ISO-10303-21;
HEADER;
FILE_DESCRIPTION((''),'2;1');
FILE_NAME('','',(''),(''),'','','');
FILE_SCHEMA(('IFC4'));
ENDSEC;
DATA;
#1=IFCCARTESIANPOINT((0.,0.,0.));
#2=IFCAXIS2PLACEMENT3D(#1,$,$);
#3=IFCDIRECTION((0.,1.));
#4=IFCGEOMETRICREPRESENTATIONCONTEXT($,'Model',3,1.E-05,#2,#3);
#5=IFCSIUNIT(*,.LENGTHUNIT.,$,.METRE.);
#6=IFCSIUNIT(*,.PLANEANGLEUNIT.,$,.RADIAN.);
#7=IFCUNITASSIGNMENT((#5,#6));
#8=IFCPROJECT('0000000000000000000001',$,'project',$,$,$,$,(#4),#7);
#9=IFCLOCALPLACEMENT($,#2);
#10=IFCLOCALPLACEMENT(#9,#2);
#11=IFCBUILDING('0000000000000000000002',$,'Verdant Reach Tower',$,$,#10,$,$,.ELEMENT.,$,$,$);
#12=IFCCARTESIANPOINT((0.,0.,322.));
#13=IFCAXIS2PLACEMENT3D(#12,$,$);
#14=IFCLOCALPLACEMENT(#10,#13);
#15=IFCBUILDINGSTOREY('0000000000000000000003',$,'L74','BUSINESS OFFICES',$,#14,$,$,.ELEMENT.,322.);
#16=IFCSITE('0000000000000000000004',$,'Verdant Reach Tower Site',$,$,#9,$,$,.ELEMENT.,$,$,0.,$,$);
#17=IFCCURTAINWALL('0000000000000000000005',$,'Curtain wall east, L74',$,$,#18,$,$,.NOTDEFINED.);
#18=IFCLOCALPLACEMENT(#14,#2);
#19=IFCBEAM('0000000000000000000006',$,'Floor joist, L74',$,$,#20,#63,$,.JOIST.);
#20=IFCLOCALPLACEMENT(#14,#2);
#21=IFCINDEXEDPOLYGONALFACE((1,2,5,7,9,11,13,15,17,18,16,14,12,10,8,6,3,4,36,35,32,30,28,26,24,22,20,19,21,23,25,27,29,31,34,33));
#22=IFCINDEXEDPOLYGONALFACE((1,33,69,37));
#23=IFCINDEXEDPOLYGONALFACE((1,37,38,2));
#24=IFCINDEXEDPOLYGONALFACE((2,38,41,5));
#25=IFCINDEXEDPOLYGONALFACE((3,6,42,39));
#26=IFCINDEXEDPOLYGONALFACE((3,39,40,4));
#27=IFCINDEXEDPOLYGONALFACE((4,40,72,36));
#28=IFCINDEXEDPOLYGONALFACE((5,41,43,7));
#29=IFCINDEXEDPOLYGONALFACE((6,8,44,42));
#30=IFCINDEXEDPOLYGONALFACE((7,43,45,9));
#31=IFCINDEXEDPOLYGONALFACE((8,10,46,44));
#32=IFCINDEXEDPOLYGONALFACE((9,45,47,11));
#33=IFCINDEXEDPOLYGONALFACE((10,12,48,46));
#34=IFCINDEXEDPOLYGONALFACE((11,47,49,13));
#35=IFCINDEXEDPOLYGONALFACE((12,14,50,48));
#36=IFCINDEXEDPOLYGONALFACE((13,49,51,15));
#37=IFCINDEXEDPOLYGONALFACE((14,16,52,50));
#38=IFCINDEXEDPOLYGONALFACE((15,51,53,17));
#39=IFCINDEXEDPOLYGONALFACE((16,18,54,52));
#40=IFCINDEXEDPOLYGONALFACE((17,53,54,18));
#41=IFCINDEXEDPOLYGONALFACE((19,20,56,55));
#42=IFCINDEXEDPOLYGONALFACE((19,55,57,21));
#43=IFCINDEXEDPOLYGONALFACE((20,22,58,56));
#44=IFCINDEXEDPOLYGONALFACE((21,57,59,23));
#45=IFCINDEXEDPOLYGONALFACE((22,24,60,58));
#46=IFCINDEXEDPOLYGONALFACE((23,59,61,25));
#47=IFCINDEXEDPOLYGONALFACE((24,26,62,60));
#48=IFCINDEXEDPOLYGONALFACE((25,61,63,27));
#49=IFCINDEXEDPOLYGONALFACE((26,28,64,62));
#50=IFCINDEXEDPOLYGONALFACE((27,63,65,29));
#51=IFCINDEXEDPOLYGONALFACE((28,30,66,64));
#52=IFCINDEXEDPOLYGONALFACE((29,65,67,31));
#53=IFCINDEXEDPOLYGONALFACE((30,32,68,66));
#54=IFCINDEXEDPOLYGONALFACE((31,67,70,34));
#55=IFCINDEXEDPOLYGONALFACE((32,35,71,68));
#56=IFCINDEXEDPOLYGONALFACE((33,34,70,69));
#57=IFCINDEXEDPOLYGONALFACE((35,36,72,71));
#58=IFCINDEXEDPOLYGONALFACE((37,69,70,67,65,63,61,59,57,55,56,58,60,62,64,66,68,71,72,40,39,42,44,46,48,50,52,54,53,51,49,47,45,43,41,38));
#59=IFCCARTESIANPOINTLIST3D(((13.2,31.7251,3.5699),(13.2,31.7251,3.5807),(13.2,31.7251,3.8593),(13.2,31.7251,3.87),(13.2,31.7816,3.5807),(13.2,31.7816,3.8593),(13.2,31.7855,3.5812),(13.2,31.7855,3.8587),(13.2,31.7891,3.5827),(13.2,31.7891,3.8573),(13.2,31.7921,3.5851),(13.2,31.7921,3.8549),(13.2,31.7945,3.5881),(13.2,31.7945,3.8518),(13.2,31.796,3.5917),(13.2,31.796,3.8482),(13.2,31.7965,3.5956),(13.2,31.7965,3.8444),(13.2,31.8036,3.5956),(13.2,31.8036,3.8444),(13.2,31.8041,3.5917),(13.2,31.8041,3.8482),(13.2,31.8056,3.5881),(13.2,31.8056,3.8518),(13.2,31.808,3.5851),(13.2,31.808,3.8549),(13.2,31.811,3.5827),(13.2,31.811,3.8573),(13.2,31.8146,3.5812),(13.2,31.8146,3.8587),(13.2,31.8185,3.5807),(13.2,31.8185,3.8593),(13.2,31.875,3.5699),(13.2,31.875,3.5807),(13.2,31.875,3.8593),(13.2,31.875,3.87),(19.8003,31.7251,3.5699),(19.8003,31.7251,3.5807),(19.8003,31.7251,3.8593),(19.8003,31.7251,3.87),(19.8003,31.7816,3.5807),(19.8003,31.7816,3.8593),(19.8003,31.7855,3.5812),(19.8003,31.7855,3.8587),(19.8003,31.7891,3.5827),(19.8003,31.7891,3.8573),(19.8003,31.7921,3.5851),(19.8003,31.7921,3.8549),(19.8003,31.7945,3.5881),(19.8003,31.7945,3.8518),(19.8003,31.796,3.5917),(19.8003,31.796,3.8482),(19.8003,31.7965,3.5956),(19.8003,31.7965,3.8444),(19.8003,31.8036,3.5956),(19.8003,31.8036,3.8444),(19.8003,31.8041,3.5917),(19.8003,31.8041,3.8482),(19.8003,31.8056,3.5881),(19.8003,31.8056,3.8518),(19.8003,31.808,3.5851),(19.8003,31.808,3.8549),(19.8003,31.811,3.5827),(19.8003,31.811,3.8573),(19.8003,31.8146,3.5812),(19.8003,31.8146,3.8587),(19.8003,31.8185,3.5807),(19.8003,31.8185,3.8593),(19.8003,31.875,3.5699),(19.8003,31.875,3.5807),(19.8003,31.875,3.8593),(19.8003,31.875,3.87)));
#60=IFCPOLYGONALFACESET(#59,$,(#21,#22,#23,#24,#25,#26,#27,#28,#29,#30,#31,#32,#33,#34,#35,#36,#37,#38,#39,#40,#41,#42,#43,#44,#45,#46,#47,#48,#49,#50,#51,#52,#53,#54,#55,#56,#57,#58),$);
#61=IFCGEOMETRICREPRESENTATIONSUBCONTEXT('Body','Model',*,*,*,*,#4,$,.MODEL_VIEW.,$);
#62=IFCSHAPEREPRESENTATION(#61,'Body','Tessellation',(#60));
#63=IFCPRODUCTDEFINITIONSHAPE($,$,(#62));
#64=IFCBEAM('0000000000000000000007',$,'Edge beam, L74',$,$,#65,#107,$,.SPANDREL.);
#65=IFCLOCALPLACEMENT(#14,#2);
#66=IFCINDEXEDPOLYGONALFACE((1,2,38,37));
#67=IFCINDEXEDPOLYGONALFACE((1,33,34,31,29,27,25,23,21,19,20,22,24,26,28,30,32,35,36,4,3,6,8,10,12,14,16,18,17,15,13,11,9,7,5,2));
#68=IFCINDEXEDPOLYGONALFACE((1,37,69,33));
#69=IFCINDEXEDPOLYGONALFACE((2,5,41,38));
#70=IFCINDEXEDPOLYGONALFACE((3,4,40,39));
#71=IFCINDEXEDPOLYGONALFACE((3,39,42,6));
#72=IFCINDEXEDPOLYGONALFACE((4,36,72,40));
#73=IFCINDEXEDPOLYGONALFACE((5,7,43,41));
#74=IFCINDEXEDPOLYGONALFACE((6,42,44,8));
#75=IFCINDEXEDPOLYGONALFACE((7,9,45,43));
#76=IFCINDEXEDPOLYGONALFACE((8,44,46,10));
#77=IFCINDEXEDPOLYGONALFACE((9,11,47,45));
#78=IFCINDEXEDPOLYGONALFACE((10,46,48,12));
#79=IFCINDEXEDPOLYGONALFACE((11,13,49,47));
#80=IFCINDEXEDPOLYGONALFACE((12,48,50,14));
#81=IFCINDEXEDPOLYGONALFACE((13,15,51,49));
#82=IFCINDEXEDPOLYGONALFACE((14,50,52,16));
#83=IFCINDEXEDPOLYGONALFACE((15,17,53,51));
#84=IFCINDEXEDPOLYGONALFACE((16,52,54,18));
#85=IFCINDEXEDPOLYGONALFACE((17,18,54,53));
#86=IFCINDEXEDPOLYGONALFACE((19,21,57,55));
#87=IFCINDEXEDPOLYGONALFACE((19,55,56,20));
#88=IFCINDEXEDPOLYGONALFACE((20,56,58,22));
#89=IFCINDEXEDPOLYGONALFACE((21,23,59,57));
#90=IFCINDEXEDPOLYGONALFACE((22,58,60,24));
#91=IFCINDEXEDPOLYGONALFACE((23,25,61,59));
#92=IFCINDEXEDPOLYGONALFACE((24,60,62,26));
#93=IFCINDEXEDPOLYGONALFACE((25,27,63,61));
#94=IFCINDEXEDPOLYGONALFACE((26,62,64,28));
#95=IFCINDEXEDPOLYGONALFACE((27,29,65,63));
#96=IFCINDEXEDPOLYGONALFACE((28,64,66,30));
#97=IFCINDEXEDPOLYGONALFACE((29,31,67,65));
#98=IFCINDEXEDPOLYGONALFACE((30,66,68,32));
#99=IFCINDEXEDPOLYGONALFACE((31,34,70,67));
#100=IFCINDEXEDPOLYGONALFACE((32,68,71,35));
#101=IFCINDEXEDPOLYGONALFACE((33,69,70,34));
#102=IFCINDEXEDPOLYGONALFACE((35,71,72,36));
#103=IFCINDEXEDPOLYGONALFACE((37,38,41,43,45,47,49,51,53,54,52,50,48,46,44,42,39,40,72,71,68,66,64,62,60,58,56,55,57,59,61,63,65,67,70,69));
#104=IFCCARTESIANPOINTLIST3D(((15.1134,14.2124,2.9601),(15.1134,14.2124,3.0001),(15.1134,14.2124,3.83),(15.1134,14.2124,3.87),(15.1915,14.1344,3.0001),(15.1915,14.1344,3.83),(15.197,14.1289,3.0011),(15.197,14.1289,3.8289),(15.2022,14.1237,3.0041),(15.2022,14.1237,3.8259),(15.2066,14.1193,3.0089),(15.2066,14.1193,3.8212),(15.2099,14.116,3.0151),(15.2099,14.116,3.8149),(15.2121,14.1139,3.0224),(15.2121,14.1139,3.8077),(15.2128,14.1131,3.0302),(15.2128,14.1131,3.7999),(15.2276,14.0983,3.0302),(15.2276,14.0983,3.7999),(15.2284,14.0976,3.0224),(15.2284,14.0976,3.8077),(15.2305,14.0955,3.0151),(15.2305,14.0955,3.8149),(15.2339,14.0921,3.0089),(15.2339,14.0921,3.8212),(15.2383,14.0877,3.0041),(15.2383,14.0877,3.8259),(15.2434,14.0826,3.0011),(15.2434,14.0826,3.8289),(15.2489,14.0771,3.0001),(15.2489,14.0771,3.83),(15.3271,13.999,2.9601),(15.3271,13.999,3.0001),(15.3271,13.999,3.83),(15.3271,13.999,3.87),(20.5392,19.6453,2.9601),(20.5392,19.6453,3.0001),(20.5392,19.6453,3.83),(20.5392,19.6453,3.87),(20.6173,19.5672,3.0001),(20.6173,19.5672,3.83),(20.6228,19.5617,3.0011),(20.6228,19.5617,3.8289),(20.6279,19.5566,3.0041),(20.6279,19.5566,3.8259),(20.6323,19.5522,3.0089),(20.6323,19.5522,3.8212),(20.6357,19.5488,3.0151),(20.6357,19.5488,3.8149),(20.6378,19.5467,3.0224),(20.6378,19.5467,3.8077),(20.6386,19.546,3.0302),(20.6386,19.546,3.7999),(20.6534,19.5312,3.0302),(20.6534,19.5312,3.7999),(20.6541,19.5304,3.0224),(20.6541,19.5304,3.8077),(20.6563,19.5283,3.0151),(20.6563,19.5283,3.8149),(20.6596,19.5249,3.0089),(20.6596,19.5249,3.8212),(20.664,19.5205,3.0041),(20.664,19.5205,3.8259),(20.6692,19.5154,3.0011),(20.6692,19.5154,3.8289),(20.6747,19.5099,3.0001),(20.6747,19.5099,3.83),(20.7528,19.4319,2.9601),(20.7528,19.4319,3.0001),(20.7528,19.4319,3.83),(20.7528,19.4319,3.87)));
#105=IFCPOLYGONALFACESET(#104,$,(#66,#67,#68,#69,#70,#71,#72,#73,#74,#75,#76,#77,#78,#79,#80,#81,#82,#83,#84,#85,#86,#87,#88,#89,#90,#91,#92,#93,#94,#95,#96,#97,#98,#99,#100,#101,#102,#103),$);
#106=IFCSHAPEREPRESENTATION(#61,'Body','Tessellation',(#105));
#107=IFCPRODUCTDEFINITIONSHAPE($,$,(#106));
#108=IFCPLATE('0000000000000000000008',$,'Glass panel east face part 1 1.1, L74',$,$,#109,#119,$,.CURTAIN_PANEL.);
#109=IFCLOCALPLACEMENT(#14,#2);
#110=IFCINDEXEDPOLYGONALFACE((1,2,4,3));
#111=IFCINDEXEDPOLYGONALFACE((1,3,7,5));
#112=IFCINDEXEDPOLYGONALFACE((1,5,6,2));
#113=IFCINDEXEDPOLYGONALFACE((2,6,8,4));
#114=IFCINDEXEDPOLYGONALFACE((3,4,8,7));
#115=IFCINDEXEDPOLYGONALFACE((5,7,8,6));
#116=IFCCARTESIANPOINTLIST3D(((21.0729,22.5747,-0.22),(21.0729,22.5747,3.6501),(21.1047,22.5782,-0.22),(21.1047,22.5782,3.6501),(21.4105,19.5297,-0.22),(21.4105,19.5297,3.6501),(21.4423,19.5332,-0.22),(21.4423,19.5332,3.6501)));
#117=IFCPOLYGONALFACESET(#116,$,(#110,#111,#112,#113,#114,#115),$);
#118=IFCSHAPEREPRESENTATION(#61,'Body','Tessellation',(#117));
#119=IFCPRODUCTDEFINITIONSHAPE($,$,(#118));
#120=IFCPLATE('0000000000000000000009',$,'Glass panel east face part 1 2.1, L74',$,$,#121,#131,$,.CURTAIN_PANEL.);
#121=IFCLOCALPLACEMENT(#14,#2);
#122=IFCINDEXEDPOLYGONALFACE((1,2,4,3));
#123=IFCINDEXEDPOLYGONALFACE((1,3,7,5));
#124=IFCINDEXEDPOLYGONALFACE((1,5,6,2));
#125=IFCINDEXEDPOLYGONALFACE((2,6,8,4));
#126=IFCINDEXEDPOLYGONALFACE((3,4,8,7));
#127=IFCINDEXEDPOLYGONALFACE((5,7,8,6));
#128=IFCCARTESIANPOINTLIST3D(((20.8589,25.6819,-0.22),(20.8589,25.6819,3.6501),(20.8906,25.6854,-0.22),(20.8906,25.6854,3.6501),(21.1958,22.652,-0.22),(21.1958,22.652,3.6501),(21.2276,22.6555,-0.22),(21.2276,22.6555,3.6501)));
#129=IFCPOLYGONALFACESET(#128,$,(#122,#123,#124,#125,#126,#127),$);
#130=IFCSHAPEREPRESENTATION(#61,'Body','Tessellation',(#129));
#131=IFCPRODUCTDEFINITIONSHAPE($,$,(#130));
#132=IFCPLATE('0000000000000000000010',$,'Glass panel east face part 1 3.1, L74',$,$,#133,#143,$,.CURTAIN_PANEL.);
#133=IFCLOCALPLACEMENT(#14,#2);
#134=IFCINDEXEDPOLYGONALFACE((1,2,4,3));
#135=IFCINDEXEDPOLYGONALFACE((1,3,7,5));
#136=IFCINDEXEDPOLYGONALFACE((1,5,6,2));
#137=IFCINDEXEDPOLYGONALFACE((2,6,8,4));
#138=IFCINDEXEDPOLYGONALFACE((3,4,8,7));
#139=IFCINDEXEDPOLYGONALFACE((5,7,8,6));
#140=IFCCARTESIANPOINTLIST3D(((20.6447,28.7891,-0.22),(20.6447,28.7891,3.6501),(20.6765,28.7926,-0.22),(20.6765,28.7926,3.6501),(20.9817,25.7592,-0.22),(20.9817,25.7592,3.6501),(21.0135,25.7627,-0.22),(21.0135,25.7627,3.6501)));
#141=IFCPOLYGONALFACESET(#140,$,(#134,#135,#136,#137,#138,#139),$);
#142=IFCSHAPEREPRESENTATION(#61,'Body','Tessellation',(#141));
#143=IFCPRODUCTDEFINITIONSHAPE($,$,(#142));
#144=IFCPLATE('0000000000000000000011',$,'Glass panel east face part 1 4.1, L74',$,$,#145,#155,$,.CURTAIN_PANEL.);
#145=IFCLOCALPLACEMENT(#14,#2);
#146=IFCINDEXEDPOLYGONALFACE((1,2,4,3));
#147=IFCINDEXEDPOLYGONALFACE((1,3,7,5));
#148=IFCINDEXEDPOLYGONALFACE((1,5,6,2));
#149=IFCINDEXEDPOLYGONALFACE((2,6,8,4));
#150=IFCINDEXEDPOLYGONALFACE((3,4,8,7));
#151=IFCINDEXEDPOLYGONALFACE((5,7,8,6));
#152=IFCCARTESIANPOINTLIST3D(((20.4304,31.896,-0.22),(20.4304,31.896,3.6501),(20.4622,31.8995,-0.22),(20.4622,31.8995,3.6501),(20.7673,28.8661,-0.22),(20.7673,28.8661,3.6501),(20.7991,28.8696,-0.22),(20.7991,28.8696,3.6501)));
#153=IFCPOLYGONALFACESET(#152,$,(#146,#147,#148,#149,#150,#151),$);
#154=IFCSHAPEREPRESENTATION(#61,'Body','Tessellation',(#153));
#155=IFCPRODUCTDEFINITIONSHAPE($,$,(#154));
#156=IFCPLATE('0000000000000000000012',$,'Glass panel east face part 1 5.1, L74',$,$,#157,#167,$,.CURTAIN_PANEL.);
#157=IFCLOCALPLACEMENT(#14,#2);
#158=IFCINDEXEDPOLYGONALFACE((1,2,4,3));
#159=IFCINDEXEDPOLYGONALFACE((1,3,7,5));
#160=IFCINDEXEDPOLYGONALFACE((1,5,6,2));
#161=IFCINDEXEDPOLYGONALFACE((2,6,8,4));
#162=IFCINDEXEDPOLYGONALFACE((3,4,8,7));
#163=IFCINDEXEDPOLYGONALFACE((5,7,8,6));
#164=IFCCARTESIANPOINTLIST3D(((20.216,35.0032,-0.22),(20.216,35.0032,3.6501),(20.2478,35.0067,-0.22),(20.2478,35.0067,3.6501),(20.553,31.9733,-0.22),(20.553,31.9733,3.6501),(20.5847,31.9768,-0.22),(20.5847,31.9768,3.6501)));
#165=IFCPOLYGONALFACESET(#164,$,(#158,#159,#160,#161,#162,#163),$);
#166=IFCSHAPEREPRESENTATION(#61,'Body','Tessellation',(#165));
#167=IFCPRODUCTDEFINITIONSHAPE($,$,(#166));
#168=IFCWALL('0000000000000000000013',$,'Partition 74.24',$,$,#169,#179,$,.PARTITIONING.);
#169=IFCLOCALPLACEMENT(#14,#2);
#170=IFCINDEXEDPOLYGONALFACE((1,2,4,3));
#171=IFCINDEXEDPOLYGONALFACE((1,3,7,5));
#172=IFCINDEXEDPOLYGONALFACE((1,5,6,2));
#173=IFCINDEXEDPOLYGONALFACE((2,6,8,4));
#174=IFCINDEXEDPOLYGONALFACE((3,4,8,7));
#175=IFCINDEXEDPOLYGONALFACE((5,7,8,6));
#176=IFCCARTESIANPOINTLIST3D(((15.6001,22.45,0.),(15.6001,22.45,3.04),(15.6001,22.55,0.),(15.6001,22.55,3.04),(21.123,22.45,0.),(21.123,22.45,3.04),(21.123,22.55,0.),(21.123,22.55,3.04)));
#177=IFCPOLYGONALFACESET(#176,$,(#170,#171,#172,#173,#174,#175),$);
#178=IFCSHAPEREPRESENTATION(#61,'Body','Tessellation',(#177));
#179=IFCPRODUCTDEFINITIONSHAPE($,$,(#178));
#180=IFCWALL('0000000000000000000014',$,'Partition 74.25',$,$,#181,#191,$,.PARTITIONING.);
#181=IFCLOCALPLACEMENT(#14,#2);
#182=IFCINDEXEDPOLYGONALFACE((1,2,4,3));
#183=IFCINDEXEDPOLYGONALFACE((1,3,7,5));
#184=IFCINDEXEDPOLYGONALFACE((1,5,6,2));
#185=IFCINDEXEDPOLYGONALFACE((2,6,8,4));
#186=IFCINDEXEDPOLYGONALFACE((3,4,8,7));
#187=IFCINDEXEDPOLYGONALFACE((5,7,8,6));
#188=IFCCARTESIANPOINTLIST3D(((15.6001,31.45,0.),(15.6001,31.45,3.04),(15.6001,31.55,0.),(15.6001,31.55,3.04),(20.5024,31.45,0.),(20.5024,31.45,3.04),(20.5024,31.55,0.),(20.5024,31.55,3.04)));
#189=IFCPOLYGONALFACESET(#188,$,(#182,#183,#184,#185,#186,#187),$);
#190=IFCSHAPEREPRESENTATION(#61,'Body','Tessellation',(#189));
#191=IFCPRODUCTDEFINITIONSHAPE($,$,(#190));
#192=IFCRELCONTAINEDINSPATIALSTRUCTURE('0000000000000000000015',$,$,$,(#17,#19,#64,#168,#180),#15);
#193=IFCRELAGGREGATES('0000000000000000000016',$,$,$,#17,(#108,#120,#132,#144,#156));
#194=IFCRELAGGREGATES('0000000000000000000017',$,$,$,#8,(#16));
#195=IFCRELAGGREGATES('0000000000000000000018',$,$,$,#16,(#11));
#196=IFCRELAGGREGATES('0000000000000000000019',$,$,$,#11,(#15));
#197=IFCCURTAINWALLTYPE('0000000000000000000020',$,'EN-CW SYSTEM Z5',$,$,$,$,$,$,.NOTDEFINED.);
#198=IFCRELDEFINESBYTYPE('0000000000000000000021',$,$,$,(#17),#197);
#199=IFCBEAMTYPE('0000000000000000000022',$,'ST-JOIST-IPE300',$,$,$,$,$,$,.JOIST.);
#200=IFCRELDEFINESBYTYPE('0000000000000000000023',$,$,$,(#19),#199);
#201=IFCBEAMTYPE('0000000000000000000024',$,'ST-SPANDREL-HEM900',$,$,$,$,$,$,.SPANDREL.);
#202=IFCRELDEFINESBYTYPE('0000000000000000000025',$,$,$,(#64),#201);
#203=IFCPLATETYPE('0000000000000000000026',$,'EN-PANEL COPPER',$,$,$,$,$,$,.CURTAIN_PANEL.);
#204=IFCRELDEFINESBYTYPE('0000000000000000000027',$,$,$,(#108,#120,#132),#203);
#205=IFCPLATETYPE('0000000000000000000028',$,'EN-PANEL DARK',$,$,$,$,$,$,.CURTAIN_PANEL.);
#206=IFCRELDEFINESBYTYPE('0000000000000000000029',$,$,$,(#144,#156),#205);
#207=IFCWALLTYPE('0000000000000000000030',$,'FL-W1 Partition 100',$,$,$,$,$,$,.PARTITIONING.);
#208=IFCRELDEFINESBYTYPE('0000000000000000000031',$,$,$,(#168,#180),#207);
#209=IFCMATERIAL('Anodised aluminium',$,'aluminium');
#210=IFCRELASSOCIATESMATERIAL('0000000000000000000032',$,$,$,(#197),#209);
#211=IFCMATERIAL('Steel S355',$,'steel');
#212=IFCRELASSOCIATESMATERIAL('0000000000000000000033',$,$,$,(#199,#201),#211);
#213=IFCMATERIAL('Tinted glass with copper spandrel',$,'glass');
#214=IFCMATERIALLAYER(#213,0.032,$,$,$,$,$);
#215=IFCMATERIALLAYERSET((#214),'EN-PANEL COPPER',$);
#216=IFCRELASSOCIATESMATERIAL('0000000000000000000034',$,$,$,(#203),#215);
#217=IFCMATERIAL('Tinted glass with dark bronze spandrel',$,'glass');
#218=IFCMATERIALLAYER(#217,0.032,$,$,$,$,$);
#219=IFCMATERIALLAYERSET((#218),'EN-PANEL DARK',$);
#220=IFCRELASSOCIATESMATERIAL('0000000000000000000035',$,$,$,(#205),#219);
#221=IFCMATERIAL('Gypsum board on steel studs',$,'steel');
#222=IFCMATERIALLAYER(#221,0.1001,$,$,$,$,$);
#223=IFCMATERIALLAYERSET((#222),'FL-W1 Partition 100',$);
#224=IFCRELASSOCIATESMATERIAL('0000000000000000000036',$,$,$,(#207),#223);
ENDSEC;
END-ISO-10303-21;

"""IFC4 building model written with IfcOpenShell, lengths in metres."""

from ifc_helpers import new_model, si_unit, direction, frame, frame_2d, origin, origin_2d, place, context, subcontext, project, spatial, rectangle, i_section, extrude, material, layer, layer_set, material_profile, profile_set, type_object, element, aggregate, save


model = new_model("IFC4")

# Units and contexts
model_context = context("Model", 3, precision=1e-05, world=origin(), true_north=direction((0.0, 1.0)))
body_context = subcontext(model_context, "Body", "Model", "MODEL_VIEW")
ifc_project = project(units=[si_unit("LENGTHUNIT", "METRE"), si_unit("PLANEANGLEUNIT", "RADIAN")], contexts=[model_context])

# Site, building, storey
site_placement = place(None, origin())
site = spatial("IfcSite", under=ifc_project, at=site_placement, Name="Verdant Reach Tower Site", CompositionType="ELEMENT", RefElevation=0.0)
building_placement = place(site_placement, origin())
building = spatial("IfcBuilding", under=site, at=building_placement, Name="Verdant Reach Tower", CompositionType="ELEMENT")
storey_placement = place(building_placement, frame((0.0, 0.0, 322.0)))
storey = spatial("IfcBuildingStorey", under=building, at=storey_placement, Name="L74", Description="BUSINESS OFFICES", CompositionType="ELEMENT", Elevation=322.0)

# Curtain wall
ifc_material_1 = material(Name="Anodised aluminium", Category="aluminium")
curtain_wall_type = type_object("IfcCurtainWallType", Name="EN-CW SYSTEM Z5", PredefinedType="NOTDEFINED", material=ifc_material_1)
curtain_wall_placement = place(storey_placement, origin())
curtain_wall = element("IfcCurtainWall", 1, at=curtain_wall_placement, inside=storey, type_object=curtain_wall_type, Name="Curtain wall east, L74", PredefinedType="NOTDEFINED")

# Beams
ifc_material_2 = material(Name="Steel S355", Category="steel")
ifc_material_profile_1 = material_profile(ifc_material_2, i_section(OverallWidth=0.1499, OverallDepth=0.3, WebThickness=0.0071, FlangeThickness=0.0107, FilletRadius=0.0149, at=origin_2d()), Name="IPE 300")
ifc_profile_set_1 = profile_set([ifc_material_profile_1], Name="Steel S355")
beam_type_1 = type_object("IfcBeamType", Name="ST-JOIST-IPE300", PredefinedType="JOIST", material=ifc_profile_set_1)
beam_1_placement = place(storey_placement, frame((13.2, 31.8, 3.72), z_axis=(1.0, 0.0, 0.0), x_axis=(0.0, 1.0, 0.0)))
element("IfcBeam", 2, at=beam_1_placement, inside=storey, type_object=beam_type_1, Name="Floor joist, L74", PredefinedType="JOIST", context=body_context, shape_type="SweptSolid", body=[
    extrude(i_section(OverallWidth=0.1499, OverallDepth=0.3, WebThickness=0.0071, FlangeThickness=0.0107, FilletRadius=0.0149, at=origin_2d()), origin(), (0.0, 0.0, 1.0), 6.6003),
])
ifc_material_profile_2 = material_profile(ifc_material_2, i_section(OverallWidth=0.302, OverallDepth=0.9099, WebThickness=0.021, FlangeThickness=0.04, FilletRadius=0.03, at=origin_2d()), Name="HEM 900")
ifc_profile_set_2 = profile_set([ifc_material_profile_2], Name="Steel S355")
beam_type_2 = type_object("IfcBeamType", Name="ST-SPANDREL-HEM900", PredefinedType="SPANDREL", material=ifc_profile_set_2)
beam_2_placement = place(storey_placement, frame((20.646, 19.5386, 3.415), z_axis=(-0.706646, -0.707568, 0.0), x_axis=(0.707568, -0.706646, 0.0)))
element("IfcBeam", 3, at=beam_2_placement, inside=storey, type_object=beam_type_2, Name="Edge beam, L74", PredefinedType="SPANDREL", context=body_context, shape_type="SweptSolid", body=[
    extrude(i_section(OverallWidth=0.302, OverallDepth=0.9099, WebThickness=0.021, FlangeThickness=0.04, FilletRadius=0.03, at=origin_2d()), origin(), (0.0, 0.0, 1.0), 7.6782),
])

# Plates
ifc_material_3 = material(Name="Tinted glass with copper spandrel", Category="glass")
ifc_layer_1 = layer(ifc_material_3, 0.032)
ifc_layer_set_1 = layer_set([ifc_layer_1], Name="EN-PANEL COPPER")
plate_type_1 = type_object("IfcPlateType", Name="EN-PANEL COPPER", PredefinedType="CURTAIN_PANEL", material=ifc_layer_set_1)
plate_1_placement = place(storey_placement, frame((21.2576, 21.054, -0.22), z_axis=(0.0, 0.0, 1.0), x_axis=(-0.110198, 0.99391, 0.0)))
plate_1 = element("IfcPlate", 4, at=plate_1_placement, type_object=plate_type_1, Name="Glass panel east face part 1 1.1, L74", PredefinedType="CURTAIN_PANEL", context=body_context, shape_type="SweptSolid", body=[
    extrude(rectangle(XDim=3.0637, YDim=0.032, at=origin_2d()), origin(), (0.0, 0.0, 1.0), 3.8701),
])
plate_2_placement = place(storey_placement, frame((21.0432, 24.1687, -0.22), z_axis=(0.0, 0.0, 1.0), x_axis=(-0.110518, 0.993874, 0.0)))
plate_2 = element("IfcPlate", 5, at=plate_2_placement, type_object=plate_type_1, Name="Glass panel east face part 1 2.1, L74", PredefinedType="CURTAIN_PANEL", context=body_context, shape_type="SweptSolid", body=[
    extrude(rectangle(XDim=3.0486, YDim=0.032, at=origin_2d()), origin(), (0.0, 0.0, 1.0), 3.8701),
])
plate_3_placement = place(storey_placement, frame((20.8291, 27.2759, -0.22), z_axis=(0.0, 0.0, 1.0), x_axis=(-0.110518, 0.993874, 0.0)))
plate_3 = element("IfcPlate", 6, at=plate_3_placement, type_object=plate_type_1, Name="Glass panel east face part 1 3.1, L74", PredefinedType="CURTAIN_PANEL", context=body_context, shape_type="SweptSolid", body=[
    extrude(rectangle(XDim=3.0486, YDim=0.032, at=origin_2d()), origin(), (0.0, 0.0, 1.0), 3.8701),
])
ifc_material_4 = material(Name="Tinted glass with dark bronze spandrel", Category="glass")
ifc_layer_2 = layer(ifc_material_4, 0.032)
ifc_layer_set_2 = layer_set([ifc_layer_2], Name="EN-PANEL DARK")
plate_type_2 = type_object("IfcPlateType", Name="EN-PANEL DARK", PredefinedType="CURTAIN_PANEL", material=ifc_layer_set_2)
plate_4_placement = place(storey_placement, frame((20.6147, 30.3828, -0.22), z_axis=(0.0, 0.0, 1.0), x_axis=(-0.110518, 0.993874, 0.0)))
plate_4 = element("IfcPlate", 7, at=plate_4_placement, type_object=plate_type_2, Name="Glass panel east face part 1 4.1, L74", PredefinedType="CURTAIN_PANEL", context=body_context, shape_type="SweptSolid", body=[
    extrude(rectangle(XDim=3.0486, YDim=0.032, at=origin_2d()), origin(), (0.0, 0.0, 1.0), 3.8701),
])
plate_5_placement = place(storey_placement, frame((20.4004, 33.49, -0.22), z_axis=(0.0, 0.0, 1.0), x_axis=(-0.110518, 0.993874, 0.0)))
plate_5 = element("IfcPlate", 8, at=plate_5_placement, type_object=plate_type_2, Name="Glass panel east face part 1 5.1, L74", PredefinedType="CURTAIN_PANEL", context=body_context, shape_type="SweptSolid", body=[
    extrude(rectangle(XDim=3.0486, YDim=0.032, at=origin_2d()), origin(), (0.0, 0.0, 1.0), 3.8701),
])
aggregate(curtain_wall, [plate_1, plate_2, plate_3, plate_4, plate_5])

# Walls
ifc_material_5 = material(Name="Gypsum board on steel studs", Category="steel")
ifc_layer_3 = layer(ifc_material_5, 0.1001)
ifc_layer_set_3 = layer_set([ifc_layer_3], Name="FL-W1 Partition 100")
wall_type_1 = type_object("IfcWallType", Name="FL-W1 Partition 100", PredefinedType="PARTITIONING", material=ifc_layer_set_3)
wall_1_placement = place(storey_placement, frame((21.123, 22.5, 0.0), z_axis=(0.0, 0.0, 1.0), x_axis=(-1.0, 0.0, 0.0)))
element("IfcWall", 9, at=wall_1_placement, inside=storey, type_object=wall_type_1, Name="Partition 74.24", PredefinedType="PARTITIONING", context=body_context, shape_type="SweptSolid", body=[
    extrude(rectangle(XDim=5.5229, YDim=0.1001, at=frame_2d((2.7615, 0.0))), origin(), (0.0, 0.0, 1.0), 3.04),
])
wall_2_placement = place(storey_placement, frame((20.5024, 31.5, 0.0), z_axis=(0.0, 0.0, 1.0), x_axis=(-1.0, 0.0, 0.0)))
element("IfcWall", 10, at=wall_2_placement, inside=storey, type_object=wall_type_1, Name="Partition 74.25", PredefinedType="PARTITIONING", context=body_context, shape_type="SweptSolid", body=[
    extrude(rectangle(XDim=4.9023, YDim=0.1001, at=frame_2d((2.4512, 0.0))), origin(), (0.0, 0.0, 1.0), 3.04),
])

save(model, "model.ifc")
